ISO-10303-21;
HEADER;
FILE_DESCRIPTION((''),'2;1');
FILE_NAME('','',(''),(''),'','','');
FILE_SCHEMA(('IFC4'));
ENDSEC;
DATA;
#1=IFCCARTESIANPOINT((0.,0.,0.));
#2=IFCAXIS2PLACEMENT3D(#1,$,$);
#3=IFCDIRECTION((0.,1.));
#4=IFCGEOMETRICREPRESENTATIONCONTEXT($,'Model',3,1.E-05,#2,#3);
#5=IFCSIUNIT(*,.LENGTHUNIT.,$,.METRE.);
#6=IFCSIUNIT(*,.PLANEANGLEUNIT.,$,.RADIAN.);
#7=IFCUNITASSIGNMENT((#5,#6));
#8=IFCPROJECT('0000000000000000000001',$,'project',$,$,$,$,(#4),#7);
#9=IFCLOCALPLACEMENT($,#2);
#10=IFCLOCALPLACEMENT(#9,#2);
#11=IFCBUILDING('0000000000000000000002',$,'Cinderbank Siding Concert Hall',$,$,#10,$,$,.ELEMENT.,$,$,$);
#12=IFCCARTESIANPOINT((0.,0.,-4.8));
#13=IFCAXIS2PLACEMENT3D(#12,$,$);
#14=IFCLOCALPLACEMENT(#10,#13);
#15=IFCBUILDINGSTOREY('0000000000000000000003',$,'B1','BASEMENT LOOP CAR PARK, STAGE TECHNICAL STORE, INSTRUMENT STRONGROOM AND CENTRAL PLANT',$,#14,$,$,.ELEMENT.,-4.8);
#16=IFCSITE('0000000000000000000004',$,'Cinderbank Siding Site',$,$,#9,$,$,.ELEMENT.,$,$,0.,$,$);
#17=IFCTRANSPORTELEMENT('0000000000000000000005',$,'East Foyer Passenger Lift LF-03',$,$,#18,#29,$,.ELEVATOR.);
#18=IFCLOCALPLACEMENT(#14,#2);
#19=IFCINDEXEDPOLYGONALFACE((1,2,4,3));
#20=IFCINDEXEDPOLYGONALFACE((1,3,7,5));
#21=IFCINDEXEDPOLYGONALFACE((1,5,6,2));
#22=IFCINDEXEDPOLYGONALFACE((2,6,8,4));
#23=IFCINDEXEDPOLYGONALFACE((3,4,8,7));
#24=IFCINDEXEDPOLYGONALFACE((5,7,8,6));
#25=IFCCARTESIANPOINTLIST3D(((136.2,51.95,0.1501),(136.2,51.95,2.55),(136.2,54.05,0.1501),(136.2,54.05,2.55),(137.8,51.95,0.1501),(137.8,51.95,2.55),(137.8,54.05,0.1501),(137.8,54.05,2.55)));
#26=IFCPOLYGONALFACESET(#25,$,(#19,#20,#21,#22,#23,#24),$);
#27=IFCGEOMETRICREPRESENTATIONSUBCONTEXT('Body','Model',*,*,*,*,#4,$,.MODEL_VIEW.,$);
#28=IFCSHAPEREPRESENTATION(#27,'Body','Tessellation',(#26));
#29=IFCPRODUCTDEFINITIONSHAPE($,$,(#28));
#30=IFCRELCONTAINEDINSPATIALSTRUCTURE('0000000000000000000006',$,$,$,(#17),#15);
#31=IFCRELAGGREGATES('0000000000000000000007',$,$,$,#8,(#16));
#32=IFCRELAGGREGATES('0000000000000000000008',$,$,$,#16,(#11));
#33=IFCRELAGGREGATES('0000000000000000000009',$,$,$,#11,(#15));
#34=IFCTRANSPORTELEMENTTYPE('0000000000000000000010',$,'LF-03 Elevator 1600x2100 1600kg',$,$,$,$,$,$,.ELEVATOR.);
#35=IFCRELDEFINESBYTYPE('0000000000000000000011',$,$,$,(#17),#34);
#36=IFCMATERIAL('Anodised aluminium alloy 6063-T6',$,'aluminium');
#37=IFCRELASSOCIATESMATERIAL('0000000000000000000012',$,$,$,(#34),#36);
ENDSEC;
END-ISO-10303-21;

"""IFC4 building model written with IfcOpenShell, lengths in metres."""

from ifc_helpers import new_model, si_unit, direction, frame, origin, origin_2d, place, context, subcontext, project, spatial, rectangle, extrude, material, type_object, element, save


model = new_model("IFC4")

# Units and contexts
model_context = context("Model", 3, precision=1e-05, world=origin(), true_north=direction((0.0, 1.0)))
body_context = subcontext(model_context, "Body", "Model", "MODEL_VIEW")
ifc_project = project(units=[si_unit("LENGTHUNIT", "METRE"), si_unit("PLANEANGLEUNIT", "RADIAN")], contexts=[model_context])

# Site, building, storey
site_placement = place(None, origin())
site = spatial("IfcSite", under=ifc_project, at=site_placement, Name="Cinderbank Siding Site", CompositionType="ELEMENT", RefElevation=0.0)
building_placement = place(site_placement, origin())
building = spatial("IfcBuilding", under=site, at=building_placement, Name="Cinderbank Siding Concert Hall", CompositionType="ELEMENT")
storey_placement = place(building_placement, frame((0.0, 0.0, -4.8)))
storey = spatial("IfcBuildingStorey", under=building, at=storey_placement, Name="B1", Description="BASEMENT LOOP CAR PARK, STAGE TECHNICAL STORE, INSTRUMENT STRONGROOM AND CENTRAL PLANT", CompositionType="ELEMENT", Elevation=-4.8)

# Transport element
ifc_material_1 = material(Name="Anodised aluminium alloy 6063-T6", Category="aluminium")
transport_element_type = type_object("IfcTransportElementType", Name="LF-03 Elevator 1600x2100 1600kg", PredefinedType="ELEVATOR", material=ifc_material_1)
transport_element_placement = place(storey_placement, frame((137.0, 53.0, 0.1501), z_axis=(0.0, 0.0, 1.0), x_axis=(1.0, 0.0, 0.0)))
element("IfcTransportElement", 1, at=transport_element_placement, inside=storey, type_object=transport_element_type, Name="East Foyer Passenger Lift LF-03", PredefinedType="ELEVATOR", context=body_context, shape_type="SweptSolid", body=[
    extrude(rectangle(XDim=1.6001, YDim=2.1001, at=origin_2d()), origin(), (0.0, 0.0, 1.0), 2.3999),
])

save(model, "model.ifc")
